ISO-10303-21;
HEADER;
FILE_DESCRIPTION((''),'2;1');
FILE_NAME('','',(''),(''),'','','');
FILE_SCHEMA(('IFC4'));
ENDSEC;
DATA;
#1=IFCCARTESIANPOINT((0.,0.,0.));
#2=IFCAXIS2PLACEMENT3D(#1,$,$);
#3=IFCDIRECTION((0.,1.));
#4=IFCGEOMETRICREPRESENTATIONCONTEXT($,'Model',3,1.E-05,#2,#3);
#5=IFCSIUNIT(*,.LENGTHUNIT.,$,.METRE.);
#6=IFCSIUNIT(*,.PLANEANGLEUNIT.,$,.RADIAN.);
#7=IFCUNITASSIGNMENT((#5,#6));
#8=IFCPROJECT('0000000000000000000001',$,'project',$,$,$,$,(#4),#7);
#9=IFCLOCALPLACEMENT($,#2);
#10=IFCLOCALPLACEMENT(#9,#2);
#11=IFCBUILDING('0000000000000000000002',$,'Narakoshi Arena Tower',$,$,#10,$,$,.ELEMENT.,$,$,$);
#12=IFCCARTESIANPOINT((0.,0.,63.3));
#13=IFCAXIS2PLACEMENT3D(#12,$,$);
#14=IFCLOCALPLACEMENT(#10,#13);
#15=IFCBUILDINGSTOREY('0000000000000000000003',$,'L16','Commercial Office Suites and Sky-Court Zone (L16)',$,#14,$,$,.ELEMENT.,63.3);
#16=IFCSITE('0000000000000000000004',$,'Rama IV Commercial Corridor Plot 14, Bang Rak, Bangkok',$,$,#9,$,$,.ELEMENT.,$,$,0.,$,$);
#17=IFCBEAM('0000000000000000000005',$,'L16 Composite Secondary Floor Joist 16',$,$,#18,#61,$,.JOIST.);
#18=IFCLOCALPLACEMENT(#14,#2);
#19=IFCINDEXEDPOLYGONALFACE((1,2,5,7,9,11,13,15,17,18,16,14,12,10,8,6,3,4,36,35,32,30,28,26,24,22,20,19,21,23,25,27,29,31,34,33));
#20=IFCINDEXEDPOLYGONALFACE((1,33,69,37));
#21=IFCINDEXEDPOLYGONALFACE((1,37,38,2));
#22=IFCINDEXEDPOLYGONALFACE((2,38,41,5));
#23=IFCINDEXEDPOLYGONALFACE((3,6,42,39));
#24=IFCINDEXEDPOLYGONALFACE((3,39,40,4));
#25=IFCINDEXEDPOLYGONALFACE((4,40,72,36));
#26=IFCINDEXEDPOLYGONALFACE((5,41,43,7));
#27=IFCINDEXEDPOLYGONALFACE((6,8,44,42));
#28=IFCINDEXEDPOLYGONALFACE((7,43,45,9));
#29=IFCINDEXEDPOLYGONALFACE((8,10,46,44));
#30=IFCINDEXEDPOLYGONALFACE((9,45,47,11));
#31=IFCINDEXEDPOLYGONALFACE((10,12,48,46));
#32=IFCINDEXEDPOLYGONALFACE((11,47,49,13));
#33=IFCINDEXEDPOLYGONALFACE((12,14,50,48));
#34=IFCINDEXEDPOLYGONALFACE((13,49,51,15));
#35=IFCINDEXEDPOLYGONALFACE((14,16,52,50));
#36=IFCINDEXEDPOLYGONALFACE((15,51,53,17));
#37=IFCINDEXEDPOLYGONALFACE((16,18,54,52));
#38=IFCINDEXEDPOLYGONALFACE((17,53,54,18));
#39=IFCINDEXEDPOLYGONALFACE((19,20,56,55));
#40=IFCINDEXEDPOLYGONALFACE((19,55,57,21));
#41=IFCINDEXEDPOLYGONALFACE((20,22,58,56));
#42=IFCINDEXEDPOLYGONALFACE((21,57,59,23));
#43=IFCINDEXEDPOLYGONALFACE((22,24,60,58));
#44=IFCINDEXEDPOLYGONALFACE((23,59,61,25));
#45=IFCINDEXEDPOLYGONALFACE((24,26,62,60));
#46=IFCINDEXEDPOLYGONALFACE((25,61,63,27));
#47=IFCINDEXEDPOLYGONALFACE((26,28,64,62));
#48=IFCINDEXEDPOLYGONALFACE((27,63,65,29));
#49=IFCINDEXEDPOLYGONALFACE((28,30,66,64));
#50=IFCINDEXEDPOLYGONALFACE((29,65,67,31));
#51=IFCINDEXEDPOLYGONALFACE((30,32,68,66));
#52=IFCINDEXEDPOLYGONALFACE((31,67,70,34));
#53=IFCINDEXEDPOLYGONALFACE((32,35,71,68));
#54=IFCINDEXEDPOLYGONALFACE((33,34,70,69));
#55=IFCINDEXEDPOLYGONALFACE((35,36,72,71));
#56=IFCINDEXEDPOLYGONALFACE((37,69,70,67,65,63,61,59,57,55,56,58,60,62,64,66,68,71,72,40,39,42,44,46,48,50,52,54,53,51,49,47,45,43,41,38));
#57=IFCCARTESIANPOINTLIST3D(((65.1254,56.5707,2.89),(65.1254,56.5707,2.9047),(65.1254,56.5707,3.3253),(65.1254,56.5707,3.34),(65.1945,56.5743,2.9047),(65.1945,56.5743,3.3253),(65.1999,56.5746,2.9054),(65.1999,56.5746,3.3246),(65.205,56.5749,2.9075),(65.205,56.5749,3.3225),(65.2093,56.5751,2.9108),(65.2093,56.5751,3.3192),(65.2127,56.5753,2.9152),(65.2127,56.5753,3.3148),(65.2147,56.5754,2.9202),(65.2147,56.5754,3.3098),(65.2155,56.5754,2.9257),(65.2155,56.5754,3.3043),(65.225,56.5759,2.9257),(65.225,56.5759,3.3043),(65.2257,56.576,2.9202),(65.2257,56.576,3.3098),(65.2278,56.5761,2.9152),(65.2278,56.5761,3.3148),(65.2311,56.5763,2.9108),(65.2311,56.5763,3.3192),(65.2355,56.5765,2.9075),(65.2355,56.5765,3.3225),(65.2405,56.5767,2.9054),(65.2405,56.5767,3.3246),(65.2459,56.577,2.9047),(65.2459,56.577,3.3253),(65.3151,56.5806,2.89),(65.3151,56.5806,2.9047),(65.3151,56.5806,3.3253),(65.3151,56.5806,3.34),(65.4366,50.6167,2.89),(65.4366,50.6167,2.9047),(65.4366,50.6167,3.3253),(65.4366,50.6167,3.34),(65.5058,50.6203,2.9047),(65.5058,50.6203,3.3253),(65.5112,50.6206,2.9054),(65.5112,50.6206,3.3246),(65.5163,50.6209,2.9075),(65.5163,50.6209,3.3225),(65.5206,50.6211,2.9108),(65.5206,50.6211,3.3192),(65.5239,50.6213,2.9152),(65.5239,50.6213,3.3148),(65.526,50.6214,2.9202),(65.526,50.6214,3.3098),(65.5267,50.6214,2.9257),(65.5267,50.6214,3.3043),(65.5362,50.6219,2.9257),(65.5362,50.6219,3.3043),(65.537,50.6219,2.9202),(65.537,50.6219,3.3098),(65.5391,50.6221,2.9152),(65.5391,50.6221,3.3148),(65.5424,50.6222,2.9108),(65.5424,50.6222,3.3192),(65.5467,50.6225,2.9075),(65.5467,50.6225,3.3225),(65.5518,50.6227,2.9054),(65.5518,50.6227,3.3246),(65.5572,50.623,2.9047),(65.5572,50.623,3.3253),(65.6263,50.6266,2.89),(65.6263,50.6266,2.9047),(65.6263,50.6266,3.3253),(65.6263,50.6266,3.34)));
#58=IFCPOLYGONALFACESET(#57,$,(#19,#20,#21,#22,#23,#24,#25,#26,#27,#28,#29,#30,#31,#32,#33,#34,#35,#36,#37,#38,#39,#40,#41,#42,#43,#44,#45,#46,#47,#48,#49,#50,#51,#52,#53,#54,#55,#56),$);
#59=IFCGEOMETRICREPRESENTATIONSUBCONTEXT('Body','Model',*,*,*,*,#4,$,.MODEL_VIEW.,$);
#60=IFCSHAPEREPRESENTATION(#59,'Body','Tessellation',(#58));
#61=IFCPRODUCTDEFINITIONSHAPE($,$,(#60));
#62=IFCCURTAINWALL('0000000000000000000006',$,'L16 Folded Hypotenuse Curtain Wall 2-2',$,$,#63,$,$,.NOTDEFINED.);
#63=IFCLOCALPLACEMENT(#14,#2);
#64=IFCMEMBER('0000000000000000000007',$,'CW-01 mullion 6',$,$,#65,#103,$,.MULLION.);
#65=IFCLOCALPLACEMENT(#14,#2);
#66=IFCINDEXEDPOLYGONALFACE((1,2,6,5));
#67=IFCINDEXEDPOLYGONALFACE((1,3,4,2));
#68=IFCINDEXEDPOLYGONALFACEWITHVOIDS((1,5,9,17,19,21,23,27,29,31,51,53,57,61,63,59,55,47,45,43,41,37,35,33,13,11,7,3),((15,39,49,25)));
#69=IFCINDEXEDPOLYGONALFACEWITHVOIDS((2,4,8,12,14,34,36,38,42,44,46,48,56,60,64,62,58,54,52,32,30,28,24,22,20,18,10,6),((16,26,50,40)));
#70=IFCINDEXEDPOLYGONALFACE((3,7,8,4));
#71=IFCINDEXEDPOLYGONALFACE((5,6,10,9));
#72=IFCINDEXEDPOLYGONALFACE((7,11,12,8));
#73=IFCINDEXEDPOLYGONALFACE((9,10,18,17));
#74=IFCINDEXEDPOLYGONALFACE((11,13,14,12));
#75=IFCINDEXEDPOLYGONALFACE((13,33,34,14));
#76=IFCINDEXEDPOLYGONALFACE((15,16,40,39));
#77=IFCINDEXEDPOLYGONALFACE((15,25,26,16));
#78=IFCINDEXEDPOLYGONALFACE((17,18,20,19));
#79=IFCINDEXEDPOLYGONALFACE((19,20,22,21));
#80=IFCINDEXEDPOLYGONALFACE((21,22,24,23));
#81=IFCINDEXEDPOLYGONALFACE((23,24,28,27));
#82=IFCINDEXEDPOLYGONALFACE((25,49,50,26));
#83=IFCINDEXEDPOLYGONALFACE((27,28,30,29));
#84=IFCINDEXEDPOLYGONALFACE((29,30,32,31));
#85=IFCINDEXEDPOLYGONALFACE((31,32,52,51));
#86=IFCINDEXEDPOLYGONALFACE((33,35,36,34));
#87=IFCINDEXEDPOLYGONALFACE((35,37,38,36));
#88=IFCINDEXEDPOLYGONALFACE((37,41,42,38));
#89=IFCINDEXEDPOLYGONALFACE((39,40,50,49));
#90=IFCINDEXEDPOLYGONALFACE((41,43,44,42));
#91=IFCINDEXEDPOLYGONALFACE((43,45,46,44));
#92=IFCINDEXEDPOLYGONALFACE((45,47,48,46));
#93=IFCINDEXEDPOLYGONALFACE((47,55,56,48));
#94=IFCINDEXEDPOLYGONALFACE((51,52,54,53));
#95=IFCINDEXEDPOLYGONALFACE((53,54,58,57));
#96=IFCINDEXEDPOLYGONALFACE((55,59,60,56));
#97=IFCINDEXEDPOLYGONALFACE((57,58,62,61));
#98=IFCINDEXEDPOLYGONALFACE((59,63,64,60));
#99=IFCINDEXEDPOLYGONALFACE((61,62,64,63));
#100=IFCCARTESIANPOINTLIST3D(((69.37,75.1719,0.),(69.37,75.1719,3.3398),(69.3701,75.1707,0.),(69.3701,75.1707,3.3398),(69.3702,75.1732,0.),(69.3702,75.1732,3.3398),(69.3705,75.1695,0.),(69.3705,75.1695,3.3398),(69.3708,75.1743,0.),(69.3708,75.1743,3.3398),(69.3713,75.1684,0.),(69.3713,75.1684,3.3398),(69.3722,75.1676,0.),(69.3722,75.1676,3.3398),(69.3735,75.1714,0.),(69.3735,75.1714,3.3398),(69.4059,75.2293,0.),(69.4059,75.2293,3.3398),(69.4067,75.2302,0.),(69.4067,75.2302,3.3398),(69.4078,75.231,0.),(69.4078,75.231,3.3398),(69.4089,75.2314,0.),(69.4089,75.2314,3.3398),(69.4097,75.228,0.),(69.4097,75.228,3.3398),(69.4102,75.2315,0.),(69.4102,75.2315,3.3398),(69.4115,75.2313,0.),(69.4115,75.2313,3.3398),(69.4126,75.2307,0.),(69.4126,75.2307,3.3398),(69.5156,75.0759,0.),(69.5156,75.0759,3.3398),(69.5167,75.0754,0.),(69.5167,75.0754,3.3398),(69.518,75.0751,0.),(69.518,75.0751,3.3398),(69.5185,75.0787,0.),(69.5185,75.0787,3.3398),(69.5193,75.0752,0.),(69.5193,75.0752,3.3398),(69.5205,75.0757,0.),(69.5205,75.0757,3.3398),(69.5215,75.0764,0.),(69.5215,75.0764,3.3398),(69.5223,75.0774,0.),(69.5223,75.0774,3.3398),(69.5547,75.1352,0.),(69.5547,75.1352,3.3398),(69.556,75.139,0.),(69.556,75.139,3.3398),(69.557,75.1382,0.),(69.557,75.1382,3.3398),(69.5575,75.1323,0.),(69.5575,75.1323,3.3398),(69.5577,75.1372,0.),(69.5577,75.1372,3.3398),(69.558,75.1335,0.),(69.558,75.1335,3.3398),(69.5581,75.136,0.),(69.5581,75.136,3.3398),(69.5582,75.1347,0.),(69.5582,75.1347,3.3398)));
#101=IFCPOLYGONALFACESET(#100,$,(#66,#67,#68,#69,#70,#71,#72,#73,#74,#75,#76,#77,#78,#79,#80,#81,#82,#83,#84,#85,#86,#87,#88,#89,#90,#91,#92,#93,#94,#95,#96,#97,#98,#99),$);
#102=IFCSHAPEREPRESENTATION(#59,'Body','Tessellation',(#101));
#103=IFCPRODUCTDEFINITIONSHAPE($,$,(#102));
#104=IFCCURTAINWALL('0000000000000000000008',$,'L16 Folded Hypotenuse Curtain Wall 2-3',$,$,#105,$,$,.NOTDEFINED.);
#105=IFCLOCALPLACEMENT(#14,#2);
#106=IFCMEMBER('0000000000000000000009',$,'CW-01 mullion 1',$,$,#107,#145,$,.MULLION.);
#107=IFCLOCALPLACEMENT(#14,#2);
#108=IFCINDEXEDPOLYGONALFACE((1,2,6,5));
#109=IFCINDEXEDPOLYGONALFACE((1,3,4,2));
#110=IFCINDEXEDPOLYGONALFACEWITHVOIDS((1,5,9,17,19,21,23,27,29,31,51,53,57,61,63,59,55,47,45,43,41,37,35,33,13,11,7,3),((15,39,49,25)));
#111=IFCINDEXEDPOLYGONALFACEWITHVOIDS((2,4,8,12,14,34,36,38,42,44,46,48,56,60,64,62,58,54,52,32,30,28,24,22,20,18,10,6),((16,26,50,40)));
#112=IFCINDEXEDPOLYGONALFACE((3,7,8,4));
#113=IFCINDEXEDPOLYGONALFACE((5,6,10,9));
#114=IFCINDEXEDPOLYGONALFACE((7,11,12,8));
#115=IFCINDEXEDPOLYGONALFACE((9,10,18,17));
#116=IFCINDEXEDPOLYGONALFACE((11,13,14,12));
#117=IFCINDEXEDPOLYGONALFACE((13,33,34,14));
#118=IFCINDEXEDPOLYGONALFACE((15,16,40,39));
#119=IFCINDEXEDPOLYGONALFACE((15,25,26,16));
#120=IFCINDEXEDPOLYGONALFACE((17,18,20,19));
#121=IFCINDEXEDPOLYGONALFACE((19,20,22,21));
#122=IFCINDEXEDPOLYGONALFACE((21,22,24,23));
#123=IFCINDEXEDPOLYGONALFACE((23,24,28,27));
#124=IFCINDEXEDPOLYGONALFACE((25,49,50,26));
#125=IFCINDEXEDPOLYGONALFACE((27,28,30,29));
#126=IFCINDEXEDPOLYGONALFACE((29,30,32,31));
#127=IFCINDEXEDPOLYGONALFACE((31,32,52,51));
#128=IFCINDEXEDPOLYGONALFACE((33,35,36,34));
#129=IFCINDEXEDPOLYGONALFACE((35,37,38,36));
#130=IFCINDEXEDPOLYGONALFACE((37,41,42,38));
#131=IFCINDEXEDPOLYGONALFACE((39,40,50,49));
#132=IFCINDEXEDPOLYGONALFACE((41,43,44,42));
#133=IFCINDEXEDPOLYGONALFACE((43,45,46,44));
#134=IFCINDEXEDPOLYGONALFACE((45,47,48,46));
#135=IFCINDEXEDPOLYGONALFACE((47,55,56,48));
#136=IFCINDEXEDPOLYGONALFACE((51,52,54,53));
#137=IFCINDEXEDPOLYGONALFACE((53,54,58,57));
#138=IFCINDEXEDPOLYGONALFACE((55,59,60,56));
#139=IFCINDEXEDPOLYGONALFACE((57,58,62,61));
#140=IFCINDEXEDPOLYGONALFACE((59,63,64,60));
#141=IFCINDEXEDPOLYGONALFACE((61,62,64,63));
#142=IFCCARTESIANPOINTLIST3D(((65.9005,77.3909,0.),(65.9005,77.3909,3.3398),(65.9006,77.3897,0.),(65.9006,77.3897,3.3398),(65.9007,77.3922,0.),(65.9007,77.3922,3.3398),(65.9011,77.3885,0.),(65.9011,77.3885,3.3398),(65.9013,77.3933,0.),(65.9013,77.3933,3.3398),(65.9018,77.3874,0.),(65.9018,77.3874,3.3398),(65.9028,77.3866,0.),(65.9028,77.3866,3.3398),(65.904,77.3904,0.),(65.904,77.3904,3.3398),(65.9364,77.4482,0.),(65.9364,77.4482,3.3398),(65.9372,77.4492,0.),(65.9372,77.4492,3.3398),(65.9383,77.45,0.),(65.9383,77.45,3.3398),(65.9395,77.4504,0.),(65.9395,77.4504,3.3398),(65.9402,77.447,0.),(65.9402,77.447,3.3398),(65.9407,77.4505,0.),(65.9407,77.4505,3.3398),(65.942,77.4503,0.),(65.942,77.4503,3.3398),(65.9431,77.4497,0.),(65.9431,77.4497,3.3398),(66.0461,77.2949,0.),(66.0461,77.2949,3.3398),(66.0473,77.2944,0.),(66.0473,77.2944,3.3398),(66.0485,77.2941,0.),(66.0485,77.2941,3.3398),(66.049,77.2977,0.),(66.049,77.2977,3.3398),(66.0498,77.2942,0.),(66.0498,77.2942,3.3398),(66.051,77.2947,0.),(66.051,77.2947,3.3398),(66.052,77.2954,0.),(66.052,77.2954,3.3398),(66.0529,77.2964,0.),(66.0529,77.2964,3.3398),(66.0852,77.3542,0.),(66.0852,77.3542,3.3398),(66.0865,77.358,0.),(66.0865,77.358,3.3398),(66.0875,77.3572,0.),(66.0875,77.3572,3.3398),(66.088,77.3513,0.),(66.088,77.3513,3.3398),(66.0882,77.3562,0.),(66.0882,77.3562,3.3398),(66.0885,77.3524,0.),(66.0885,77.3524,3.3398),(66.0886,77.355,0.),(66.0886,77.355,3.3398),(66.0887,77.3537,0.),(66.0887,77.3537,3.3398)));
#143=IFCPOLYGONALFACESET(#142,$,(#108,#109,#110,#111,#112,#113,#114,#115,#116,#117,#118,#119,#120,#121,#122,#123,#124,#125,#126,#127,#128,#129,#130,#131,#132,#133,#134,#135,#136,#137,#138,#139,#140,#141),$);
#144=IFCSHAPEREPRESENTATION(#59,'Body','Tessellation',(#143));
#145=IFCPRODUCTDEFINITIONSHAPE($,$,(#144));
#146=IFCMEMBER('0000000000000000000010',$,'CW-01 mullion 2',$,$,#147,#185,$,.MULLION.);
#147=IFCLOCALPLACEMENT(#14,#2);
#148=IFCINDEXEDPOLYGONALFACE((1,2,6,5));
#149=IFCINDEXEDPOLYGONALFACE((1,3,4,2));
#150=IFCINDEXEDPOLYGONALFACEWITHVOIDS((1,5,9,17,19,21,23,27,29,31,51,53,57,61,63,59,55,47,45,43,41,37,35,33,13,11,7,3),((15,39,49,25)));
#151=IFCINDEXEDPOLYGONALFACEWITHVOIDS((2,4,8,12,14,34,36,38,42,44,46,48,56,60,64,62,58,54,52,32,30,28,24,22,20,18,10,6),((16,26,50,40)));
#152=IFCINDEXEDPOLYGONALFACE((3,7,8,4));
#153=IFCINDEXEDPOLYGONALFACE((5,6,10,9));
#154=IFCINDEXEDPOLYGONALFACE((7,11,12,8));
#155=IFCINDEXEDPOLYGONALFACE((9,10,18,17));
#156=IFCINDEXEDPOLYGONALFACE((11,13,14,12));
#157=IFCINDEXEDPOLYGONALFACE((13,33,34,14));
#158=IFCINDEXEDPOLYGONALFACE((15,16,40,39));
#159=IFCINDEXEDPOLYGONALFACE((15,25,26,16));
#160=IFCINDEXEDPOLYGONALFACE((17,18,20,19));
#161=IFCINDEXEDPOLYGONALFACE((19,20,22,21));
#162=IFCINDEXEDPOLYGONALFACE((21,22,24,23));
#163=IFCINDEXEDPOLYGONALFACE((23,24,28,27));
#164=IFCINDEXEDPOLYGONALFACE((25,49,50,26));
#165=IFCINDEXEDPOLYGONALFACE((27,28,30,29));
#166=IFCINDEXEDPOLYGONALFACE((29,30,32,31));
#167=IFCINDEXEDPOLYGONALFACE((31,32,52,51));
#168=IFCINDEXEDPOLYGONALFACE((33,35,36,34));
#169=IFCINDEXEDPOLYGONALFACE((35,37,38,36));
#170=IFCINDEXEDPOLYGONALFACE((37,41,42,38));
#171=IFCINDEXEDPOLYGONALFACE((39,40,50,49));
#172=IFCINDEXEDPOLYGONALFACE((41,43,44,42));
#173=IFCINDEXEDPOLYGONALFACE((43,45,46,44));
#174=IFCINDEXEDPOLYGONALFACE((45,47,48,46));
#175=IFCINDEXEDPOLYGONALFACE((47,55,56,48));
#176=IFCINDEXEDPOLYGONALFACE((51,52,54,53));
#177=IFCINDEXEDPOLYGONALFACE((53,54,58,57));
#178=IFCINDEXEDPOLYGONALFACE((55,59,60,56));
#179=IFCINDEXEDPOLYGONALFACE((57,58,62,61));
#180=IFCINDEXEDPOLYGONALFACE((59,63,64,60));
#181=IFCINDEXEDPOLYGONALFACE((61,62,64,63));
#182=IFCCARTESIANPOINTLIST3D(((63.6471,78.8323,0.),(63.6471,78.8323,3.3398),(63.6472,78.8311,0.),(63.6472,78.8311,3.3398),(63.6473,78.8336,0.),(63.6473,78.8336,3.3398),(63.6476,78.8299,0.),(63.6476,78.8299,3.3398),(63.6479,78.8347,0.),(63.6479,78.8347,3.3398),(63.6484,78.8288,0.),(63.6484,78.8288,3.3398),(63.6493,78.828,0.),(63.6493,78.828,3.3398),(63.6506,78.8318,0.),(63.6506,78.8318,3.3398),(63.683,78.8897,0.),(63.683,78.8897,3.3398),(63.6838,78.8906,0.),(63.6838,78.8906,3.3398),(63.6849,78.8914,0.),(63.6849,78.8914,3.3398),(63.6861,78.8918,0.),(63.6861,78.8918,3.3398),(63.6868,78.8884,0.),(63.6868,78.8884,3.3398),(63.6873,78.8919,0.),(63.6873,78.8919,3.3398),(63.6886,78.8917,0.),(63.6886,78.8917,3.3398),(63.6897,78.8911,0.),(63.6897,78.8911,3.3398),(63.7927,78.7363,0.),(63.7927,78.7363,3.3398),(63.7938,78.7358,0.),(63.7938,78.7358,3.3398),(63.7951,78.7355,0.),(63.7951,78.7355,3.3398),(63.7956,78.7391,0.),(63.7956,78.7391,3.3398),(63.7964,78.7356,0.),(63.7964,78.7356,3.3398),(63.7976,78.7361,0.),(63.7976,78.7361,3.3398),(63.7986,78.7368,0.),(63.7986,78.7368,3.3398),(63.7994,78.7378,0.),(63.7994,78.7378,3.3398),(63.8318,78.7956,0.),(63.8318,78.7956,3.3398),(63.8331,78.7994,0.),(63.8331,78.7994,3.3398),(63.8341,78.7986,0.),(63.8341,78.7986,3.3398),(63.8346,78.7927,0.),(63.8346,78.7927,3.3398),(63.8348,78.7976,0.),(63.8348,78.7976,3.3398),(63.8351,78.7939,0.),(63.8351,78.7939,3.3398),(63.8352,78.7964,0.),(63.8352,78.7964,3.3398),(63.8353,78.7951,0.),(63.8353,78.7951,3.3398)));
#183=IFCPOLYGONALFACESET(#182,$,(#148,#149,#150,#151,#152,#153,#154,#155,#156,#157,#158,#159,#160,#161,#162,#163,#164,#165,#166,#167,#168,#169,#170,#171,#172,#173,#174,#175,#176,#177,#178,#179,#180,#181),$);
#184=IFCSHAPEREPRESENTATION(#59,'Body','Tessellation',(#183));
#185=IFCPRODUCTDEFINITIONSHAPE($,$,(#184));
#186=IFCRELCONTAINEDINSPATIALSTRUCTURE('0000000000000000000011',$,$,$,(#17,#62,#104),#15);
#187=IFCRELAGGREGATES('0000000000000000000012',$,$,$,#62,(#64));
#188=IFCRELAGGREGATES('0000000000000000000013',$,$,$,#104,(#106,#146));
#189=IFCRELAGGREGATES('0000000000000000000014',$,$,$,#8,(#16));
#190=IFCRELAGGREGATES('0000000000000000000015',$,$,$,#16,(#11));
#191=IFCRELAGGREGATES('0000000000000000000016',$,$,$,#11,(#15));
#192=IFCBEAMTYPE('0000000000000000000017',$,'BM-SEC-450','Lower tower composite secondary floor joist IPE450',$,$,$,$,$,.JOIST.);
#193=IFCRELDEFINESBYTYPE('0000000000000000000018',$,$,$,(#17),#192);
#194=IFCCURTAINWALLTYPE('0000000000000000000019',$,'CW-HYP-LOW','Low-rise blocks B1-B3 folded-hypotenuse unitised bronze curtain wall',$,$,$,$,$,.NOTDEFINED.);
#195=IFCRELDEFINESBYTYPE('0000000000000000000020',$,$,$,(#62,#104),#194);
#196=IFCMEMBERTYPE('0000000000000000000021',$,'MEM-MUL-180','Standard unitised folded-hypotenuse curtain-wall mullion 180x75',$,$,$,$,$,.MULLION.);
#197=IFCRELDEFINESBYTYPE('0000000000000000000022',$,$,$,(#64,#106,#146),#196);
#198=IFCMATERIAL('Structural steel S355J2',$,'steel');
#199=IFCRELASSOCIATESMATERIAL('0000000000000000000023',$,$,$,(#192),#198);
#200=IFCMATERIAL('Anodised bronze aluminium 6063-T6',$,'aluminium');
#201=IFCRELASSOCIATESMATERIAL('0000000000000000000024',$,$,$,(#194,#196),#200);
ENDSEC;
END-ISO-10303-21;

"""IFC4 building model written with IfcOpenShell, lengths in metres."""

from ifc_helpers import new_model, si_unit, direction, frame, origin, origin_2d, place, context, subcontext, project, spatial, hollow_rectangle, i_section, extrude, material, material_profile, profile_set, type_object, element, aggregate, save


model = new_model("IFC4")

# Units and contexts
model_context = context("Model", 3, precision=1e-05, world=origin(), true_north=direction((0.0, 1.0)))
body_context = subcontext(model_context, "Body", "Model", "MODEL_VIEW")
ifc_project = project(units=[si_unit("LENGTHUNIT", "METRE"), si_unit("PLANEANGLEUNIT", "RADIAN")], contexts=[model_context])

# Site, building, storey
site_placement = place(None, origin())
site = spatial("IfcSite", under=ifc_project, at=site_placement, Name="Rama IV Commercial Corridor Plot 14, Bang Rak, Bangkok", CompositionType="ELEMENT", RefElevation=0.0)
building_placement = place(site_placement, origin())
building = spatial("IfcBuilding", under=site, at=building_placement, Name="Narakoshi Arena Tower", CompositionType="ELEMENT")
storey_placement = place(building_placement, frame((0.0, 0.0, 63.3)))
storey = spatial("IfcBuildingStorey", under=building, at=storey_placement, Name="L16", Description="Commercial Office Suites and Sky-Court Zone (L16)", CompositionType="ELEMENT", Elevation=63.3)

# Beam
ifc_material_1 = material(Name="Structural steel S355J2", Category="steel")
ifc_material_profile_1 = material_profile(ifc_material_1, i_section(OverallWidth=0.1899, OverallDepth=0.45, WebThickness=0.0095, FlangeThickness=0.0146, FilletRadius=0.021, at=origin_2d()), Name="IPE450")
ifc_profile_set_1 = profile_set([ifc_material_profile_1], Name="Structural steel S355J2")
beam_type_1 = type_object("IfcBeamType", Name="BM-SEC-450", Description="Lower tower composite secondary floor joist IPE450", PredefinedType="JOIST", material=ifc_profile_set_1)
beam_1_placement = place(storey_placement, frame((65.2202, 56.5757, 3.115), z_axis=(0.052209, -0.998636, 0.0), x_axis=(0.998636, 0.052209, 0.0)))
element("IfcBeam", 1, at=beam_1_placement, inside=storey, type_object=beam_type_1, Name="L16 Composite Secondary Floor Joist 16", PredefinedType="JOIST", context=body_context, shape_type="SweptSolid", body=[
    extrude(i_section(OverallWidth=0.1899, OverallDepth=0.45, WebThickness=0.0095, FlangeThickness=0.0146, FilletRadius=0.021, at=origin_2d()), origin(), (0.0, 0.0, 1.0), 5.9622),
])

# Curtain wall, member
ifc_material_2 = material(Name="Anodised bronze aluminium 6063-T6", Category="aluminium")
curtain_wall_type = type_object("IfcCurtainWallType", Name="CW-HYP-LOW", Description="Low-rise blocks B1-B3 folded-hypotenuse unitised bronze curtain wall", PredefinedType="NOTDEFINED", material=ifc_material_2)
curtain_wall_1_placement = place(storey_placement, origin())
curtain_wall_1 = element("IfcCurtainWall", 2, at=curtain_wall_1_placement, inside=storey, type_object=curtain_wall_type, Name="L16 Folded Hypotenuse Curtain Wall 2-2", PredefinedType="NOTDEFINED")
ifc_material_profile_2 = material_profile(ifc_material_2, hollow_rectangle(XDim=0.075, YDim=0.1799, WallThickness=0.0039, OuterFilletRadius=0.0049, at=origin_2d()), Name="MUL180x75x4")
ifc_profile_set_2 = profile_set([ifc_material_profile_2], Name="Anodised bronze aluminium 6063-T6")
member_type_1 = type_object("IfcMemberType", Name="MEM-MUL-180", Description="Standard unitised folded-hypotenuse curtain-wall mullion 180x75", PredefinedType="MULLION", material=ifc_profile_set_2)
member_1_placement = place(storey_placement, frame((69.4641, 75.1533, 0.0), z_axis=(0.0, 0.0, 1.0), x_axis=(-0.538829, -0.842415, 0.0)))
member_1 = element("IfcMember", 3, at=member_1_placement, type_object=member_type_1, Name="CW-01 mullion 6", PredefinedType="MULLION", context=body_context, shape_type="SweptSolid", body=[
    extrude(hollow_rectangle(XDim=0.075, YDim=0.1799, WallThickness=0.0039, OuterFilletRadius=0.0049, at=origin_2d()), origin(), (0.0, 0.0, 1.0), 3.3398),
])

# Curtain wall, members
curtain_wall_2_placement = place(storey_placement, origin())
curtain_wall_2 = element("IfcCurtainWall", 4, at=curtain_wall_2_placement, inside=storey, type_object=curtain_wall_type, Name="L16 Folded Hypotenuse Curtain Wall 2-3", PredefinedType="NOTDEFINED")
member_2_placement = place(storey_placement, frame((65.9946, 77.3723, 0.0), z_axis=(0.0, 0.0, 1.0), x_axis=(-0.538841, -0.842407, 0.0)))
member_2 = element("IfcMember", 5, at=member_2_placement, type_object=member_type_1, Name="CW-01 mullion 1", PredefinedType="MULLION", context=body_context, shape_type="SweptSolid", body=[
    extrude(hollow_rectangle(XDim=0.075, YDim=0.1799, WallThickness=0.0039, OuterFilletRadius=0.0049, at=origin_2d()), origin(), (0.0, 0.0, 1.0), 3.3398),
])
member_3_placement = place(storey_placement, frame((63.7412, 78.8137, 0.0), z_axis=(0.0, 0.0, 1.0), x_axis=(-0.538841, -0.842407, 0.0)))
member_3 = element("IfcMember", 6, at=member_3_placement, type_object=member_type_1, Name="CW-01 mullion 2", PredefinedType="MULLION", context=body_context, shape_type="SweptSolid", body=[
    extrude(hollow_rectangle(XDim=0.075, YDim=0.1799, WallThickness=0.0039, OuterFilletRadius=0.0049, at=origin_2d()), origin(), (0.0, 0.0, 1.0), 3.3398),
])

aggregate(curtain_wall_1, [member_1])
aggregate(curtain_wall_2, [member_2, member_3])

save(model, "model.ifc")
